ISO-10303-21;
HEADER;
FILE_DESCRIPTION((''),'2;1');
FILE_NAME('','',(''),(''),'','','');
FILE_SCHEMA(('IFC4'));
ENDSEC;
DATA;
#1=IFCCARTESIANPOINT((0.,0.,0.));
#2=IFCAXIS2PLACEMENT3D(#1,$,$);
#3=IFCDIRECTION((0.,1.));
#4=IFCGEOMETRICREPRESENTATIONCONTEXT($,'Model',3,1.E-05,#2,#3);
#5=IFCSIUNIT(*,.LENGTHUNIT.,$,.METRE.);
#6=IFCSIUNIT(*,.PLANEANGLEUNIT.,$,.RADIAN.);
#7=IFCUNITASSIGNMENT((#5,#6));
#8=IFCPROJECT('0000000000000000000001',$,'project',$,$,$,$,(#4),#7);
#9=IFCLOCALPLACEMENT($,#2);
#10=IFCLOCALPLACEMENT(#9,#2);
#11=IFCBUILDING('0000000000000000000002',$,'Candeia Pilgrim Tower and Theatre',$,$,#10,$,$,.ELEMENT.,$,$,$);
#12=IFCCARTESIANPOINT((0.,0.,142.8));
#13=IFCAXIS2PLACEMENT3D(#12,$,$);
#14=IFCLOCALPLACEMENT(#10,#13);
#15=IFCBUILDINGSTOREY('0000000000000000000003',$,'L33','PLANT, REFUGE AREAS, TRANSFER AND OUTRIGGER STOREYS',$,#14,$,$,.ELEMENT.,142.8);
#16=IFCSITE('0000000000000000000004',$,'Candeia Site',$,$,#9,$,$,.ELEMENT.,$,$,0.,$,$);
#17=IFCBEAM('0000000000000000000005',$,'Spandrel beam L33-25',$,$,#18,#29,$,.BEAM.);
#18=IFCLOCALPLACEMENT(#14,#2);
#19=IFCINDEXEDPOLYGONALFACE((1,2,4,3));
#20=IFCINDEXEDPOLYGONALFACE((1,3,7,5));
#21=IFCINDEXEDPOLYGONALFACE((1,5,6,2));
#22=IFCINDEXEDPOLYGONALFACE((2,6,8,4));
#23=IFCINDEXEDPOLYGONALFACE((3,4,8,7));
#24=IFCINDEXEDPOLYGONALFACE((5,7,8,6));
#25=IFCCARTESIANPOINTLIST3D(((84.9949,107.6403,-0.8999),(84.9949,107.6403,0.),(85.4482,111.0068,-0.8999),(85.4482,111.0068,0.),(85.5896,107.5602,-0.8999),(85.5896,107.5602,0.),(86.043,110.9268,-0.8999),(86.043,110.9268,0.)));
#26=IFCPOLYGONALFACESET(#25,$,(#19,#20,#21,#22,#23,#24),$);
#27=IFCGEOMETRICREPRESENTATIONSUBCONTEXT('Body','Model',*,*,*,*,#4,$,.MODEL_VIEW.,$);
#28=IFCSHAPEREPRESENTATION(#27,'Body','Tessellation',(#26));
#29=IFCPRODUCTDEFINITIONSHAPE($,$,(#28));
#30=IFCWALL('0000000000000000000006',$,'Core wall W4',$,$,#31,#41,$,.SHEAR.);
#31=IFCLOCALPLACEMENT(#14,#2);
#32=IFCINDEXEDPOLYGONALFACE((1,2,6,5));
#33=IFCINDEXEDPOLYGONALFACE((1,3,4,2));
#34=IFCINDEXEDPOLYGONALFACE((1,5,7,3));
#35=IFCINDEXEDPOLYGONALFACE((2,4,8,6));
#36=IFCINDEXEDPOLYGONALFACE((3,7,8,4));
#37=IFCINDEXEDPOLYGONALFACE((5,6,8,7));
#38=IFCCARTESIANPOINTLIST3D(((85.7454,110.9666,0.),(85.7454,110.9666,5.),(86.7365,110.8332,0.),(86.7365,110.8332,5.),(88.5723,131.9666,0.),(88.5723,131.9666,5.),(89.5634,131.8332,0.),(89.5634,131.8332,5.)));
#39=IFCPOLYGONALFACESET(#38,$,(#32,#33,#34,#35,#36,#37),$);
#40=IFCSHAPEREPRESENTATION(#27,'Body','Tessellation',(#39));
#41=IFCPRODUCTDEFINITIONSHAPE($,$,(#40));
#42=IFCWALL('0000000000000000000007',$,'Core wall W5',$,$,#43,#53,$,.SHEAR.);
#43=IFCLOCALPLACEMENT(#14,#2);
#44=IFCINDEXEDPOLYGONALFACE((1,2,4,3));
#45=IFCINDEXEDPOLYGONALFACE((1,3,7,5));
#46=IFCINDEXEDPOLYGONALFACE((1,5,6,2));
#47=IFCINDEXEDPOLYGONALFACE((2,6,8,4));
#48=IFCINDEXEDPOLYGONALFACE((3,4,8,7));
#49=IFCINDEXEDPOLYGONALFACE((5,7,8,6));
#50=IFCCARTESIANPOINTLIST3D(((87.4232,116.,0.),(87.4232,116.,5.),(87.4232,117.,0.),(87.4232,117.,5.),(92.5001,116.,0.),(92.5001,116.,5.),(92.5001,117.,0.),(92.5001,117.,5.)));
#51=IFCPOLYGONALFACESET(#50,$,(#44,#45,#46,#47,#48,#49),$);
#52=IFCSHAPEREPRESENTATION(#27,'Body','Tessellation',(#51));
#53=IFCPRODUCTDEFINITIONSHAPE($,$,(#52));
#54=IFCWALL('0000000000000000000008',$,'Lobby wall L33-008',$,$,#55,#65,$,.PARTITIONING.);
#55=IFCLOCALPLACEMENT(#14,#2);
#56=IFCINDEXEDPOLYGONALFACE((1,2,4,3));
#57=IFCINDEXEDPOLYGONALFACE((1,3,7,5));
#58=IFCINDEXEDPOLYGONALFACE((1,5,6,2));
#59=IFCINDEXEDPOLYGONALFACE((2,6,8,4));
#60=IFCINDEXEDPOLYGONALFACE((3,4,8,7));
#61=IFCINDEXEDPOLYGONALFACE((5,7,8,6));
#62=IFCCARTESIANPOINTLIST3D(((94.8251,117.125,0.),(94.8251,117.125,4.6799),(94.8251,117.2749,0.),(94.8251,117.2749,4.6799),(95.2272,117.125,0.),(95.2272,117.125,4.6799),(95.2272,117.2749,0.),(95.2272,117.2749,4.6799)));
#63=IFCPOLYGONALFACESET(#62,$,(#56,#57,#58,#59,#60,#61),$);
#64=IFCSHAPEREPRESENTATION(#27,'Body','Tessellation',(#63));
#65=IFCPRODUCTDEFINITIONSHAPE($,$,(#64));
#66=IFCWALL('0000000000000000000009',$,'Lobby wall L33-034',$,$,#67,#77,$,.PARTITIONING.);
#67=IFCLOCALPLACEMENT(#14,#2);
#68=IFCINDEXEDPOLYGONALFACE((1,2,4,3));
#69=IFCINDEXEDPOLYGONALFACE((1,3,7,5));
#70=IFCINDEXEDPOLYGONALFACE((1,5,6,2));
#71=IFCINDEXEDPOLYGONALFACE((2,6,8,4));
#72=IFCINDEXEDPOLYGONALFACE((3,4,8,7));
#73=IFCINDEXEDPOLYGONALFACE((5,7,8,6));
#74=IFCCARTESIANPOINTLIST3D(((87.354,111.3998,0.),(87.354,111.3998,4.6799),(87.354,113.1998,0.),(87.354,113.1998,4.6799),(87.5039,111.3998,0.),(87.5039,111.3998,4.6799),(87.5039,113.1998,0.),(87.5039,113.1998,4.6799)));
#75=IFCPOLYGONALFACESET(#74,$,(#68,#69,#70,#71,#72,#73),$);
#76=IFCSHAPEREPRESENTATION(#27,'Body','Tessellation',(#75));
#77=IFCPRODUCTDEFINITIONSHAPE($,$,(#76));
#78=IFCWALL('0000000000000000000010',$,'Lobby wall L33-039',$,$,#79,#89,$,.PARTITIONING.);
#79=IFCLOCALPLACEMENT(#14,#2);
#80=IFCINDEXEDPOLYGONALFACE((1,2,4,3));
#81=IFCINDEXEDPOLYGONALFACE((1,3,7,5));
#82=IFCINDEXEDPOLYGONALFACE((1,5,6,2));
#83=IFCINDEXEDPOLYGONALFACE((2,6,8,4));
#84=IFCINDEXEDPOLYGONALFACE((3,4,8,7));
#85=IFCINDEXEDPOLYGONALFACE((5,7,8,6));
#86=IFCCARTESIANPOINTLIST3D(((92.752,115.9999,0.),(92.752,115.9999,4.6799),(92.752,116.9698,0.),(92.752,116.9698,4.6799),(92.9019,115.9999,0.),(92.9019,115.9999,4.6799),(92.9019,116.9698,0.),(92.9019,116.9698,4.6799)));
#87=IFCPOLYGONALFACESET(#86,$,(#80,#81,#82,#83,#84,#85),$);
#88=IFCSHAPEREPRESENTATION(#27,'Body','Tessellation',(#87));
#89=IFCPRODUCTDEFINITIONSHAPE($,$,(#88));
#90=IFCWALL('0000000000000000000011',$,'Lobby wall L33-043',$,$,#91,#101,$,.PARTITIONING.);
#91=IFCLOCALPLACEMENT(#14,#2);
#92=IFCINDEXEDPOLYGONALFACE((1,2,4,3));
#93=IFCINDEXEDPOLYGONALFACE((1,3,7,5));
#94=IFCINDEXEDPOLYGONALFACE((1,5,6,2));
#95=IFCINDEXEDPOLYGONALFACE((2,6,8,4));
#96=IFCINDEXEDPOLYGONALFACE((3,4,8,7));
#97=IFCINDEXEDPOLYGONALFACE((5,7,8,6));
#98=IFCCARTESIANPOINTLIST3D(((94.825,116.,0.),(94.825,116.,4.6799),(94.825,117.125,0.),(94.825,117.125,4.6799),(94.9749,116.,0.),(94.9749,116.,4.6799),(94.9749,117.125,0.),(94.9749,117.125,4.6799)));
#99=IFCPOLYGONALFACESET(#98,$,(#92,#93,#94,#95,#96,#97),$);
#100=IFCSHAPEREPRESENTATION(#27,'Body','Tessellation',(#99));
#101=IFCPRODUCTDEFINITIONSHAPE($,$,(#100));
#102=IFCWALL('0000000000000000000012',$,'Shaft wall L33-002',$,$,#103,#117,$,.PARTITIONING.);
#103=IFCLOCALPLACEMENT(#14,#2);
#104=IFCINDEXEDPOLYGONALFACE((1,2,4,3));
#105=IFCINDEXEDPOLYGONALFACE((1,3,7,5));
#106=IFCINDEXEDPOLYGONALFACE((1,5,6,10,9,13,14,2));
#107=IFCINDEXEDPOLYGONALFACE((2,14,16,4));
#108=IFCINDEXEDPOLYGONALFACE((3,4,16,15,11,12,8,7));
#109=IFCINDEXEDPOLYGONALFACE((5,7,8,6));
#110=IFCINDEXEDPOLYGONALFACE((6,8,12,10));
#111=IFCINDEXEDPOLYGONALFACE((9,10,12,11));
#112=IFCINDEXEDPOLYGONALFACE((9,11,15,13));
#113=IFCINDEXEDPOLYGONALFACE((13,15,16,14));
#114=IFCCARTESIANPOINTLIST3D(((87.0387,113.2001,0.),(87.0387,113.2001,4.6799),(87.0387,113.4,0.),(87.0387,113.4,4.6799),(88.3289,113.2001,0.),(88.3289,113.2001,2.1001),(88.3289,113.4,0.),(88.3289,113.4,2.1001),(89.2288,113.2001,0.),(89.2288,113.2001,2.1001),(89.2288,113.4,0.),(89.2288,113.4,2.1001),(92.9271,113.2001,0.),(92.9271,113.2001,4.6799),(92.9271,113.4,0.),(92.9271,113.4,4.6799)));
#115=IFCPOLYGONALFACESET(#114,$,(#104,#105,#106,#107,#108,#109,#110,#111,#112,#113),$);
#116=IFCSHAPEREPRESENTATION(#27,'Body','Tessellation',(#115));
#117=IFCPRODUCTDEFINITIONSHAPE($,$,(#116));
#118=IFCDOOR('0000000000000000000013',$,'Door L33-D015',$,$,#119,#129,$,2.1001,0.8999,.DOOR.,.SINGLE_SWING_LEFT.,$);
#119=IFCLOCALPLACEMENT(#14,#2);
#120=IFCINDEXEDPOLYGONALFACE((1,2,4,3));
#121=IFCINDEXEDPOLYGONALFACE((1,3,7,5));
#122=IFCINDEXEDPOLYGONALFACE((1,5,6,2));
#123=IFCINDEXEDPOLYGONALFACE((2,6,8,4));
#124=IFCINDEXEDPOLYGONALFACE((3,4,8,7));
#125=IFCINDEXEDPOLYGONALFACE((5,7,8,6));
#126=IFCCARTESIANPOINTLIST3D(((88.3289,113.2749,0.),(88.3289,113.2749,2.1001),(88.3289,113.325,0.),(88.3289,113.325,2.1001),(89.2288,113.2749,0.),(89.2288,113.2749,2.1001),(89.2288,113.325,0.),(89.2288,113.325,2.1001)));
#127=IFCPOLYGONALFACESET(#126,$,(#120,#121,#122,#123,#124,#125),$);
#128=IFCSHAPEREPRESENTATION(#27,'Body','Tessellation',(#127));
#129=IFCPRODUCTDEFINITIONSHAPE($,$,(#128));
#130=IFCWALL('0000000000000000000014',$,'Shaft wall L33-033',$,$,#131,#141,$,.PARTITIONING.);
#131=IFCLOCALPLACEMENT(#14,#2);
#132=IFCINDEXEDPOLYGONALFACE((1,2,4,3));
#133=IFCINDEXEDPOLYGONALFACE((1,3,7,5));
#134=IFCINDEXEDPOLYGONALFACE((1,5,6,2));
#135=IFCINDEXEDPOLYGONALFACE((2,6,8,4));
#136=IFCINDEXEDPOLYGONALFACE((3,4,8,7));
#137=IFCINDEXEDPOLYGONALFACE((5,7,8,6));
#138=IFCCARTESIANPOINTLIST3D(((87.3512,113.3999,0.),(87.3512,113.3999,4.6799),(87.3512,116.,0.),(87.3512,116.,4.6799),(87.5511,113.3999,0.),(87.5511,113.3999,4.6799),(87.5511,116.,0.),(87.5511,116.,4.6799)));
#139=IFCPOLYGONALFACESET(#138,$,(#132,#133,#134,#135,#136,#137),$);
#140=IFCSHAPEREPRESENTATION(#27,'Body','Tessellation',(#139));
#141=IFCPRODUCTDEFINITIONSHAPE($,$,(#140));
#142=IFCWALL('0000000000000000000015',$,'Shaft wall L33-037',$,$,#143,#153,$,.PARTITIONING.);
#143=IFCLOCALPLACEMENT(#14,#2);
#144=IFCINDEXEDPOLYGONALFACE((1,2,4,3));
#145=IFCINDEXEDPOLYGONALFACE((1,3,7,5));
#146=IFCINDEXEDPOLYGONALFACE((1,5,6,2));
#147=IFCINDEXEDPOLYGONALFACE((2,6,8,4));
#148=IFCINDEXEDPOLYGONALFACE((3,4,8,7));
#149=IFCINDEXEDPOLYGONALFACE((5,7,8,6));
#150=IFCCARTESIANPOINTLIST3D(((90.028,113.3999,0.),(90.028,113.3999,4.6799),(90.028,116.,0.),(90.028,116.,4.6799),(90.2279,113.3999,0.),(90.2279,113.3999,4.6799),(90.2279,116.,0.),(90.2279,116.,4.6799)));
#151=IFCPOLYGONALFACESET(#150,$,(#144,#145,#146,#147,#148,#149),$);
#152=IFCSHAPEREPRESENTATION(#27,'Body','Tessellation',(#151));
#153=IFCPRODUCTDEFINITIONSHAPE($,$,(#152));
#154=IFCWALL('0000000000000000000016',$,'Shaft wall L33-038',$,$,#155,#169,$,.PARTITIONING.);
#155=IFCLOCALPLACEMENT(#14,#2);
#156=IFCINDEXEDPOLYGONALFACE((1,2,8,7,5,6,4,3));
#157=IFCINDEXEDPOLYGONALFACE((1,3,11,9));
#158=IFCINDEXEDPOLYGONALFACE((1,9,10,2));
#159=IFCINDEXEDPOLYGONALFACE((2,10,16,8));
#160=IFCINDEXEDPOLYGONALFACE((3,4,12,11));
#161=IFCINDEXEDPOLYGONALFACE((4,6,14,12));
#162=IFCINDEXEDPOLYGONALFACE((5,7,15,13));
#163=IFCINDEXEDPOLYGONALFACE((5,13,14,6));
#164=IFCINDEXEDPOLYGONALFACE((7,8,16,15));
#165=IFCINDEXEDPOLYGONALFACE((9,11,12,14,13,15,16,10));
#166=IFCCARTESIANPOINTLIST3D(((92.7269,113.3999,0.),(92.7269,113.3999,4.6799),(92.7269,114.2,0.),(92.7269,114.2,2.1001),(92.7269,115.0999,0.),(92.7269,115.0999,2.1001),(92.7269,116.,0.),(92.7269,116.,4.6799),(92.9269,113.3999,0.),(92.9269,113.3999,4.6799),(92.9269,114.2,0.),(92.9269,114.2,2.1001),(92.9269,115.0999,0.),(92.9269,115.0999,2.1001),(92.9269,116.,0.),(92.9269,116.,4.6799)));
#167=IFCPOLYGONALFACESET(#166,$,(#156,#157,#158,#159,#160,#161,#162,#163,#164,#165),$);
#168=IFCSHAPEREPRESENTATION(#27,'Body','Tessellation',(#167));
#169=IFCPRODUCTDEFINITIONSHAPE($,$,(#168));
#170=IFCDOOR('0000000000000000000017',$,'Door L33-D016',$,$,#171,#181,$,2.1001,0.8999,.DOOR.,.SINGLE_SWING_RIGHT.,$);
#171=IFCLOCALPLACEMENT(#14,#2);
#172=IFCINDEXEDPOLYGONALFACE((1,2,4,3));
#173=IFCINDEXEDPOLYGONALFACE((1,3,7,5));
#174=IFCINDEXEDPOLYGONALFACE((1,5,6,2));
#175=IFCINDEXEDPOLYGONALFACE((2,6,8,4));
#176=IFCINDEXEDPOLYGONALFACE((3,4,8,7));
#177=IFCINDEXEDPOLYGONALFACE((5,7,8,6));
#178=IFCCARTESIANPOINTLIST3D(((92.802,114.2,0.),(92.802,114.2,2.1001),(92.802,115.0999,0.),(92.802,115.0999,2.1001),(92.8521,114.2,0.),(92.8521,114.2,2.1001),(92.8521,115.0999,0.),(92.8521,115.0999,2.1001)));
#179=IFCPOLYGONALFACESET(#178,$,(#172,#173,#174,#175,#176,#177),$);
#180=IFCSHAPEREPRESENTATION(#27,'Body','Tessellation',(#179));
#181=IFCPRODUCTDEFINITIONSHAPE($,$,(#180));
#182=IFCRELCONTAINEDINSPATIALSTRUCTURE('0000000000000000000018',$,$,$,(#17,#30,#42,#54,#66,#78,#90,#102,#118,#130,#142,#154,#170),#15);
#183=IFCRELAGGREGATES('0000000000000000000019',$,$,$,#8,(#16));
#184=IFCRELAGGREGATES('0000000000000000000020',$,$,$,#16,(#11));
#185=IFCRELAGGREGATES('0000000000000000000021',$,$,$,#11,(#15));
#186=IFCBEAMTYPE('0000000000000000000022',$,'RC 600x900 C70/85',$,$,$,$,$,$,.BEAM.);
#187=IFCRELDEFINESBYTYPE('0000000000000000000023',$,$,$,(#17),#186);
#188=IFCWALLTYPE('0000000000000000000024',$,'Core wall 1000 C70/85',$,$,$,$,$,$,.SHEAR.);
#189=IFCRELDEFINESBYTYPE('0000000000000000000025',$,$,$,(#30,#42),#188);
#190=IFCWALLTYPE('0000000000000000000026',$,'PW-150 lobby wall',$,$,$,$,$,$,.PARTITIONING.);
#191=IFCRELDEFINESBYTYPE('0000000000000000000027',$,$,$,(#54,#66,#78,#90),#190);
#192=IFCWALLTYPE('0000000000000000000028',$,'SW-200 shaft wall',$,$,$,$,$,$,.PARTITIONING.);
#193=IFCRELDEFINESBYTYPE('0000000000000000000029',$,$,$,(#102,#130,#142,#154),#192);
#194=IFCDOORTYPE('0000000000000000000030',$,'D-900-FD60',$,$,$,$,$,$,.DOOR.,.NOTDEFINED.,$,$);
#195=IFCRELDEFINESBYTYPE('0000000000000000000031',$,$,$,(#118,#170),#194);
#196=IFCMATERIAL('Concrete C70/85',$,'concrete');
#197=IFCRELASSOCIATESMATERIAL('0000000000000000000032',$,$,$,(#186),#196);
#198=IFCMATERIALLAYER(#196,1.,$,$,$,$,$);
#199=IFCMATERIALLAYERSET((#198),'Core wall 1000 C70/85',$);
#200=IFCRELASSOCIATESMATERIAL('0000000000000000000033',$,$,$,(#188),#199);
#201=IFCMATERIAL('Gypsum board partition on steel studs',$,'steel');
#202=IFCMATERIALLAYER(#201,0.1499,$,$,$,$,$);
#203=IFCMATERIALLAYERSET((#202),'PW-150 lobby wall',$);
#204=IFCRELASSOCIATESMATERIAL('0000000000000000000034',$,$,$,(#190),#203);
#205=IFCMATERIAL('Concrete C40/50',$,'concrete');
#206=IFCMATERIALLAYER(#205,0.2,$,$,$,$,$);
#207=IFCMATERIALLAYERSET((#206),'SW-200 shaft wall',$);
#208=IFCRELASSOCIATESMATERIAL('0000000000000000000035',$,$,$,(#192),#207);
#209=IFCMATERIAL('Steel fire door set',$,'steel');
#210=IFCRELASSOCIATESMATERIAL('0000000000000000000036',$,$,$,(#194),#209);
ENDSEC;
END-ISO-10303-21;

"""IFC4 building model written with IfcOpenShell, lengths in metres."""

from ifc_helpers import new_model, si_unit, direction, frame, frame_2d, origin, origin_2d, place, context, subcontext, project, spatial, rectangle, extrude, material, layer, layer_set, material_profile, profile_set, type_object, element, fill, save


model = new_model("IFC4")

# Units and contexts
model_context = context("Model", 3, precision=1e-05, world=origin(), true_north=direction((0.0, 1.0)))
body_context = subcontext(model_context, "Body", "Model", "MODEL_VIEW")
ifc_project = project(units=[si_unit("LENGTHUNIT", "METRE"), si_unit("PLANEANGLEUNIT", "RADIAN")], contexts=[model_context])

# Site, building, storey
site_placement = place(None, origin())
site = spatial("IfcSite", under=ifc_project, at=site_placement, Name="Candeia Site", CompositionType="ELEMENT", RefElevation=0.0)
building_placement = place(site_placement, origin())
building = spatial("IfcBuilding", under=site, at=building_placement, Name="Candeia Pilgrim Tower and Theatre", CompositionType="ELEMENT")
storey_placement = place(building_placement, frame((0.0, 0.0, 142.8)))
storey = spatial("IfcBuildingStorey", under=building, at=storey_placement, Name="L33", Description="PLANT, REFUGE AREAS, TRANSFER AND OUTRIGGER STOREYS", CompositionType="ELEMENT", Elevation=142.8)

# Beam
ifc_material_1 = material(Name="Concrete C70/85", Category="concrete")
ifc_material_profile = material_profile(ifc_material_1, rectangle(XDim=0.6001, YDim=0.8999, at=origin_2d()))
ifc_profile_set = profile_set([ifc_material_profile], Name="Concrete C70/85")
beam_type = type_object("IfcBeamType", Name="RC 600x900 C70/85", PredefinedType="BEAM", material=ifc_profile_set)
beam_placement = place(storey_placement, frame((85.7456, 110.9668, -0.45), z_axis=(-0.133458, -0.991054, 0.0), x_axis=(0.991054, -0.133458, 0.0)))
element("IfcBeam", 1, at=beam_placement, inside=storey, type_object=beam_type, Name="Spandrel beam L33-25", PredefinedType="BEAM", context=body_context, shape_type="SweptSolid", body=[
    extrude(rectangle(XDim=0.6001, YDim=0.8999, at=origin_2d()), origin(), (0.0, 0.0, 1.0), 3.397),
])

# Walls
ifc_layer_1 = layer(ifc_material_1, 1.0)
ifc_layer_set_1 = layer_set([ifc_layer_1], Name="Core wall 1000 C70/85")
wall_type_1 = type_object("IfcWallType", Name="Core wall 1000 C70/85", PredefinedType="SHEAR", material=ifc_layer_set_1)
wall_1_placement = place(storey_placement, frame((86.241, 110.8999, 0.0), z_axis=(0.0, 0.0, 1.0), x_axis=(0.133411, 0.991061, 0.0)))
element("IfcWall", 2, at=wall_1_placement, inside=storey, type_object=wall_type_1, Name="Core wall W4", PredefinedType="SHEAR", context=body_context, shape_type="SweptSolid", body=[
    extrude(rectangle(XDim=21.1895, YDim=1.0, at=frame_2d((10.5947, 0.0))), origin(), (0.0, 0.0, 1.0), 5.0),
])
wall_2_placement = place(storey_placement, frame((87.4231, 116.5, 0.0), z_axis=(0.0, 0.0, 1.0), x_axis=(1.0, 0.0, 0.0)))
element("IfcWall", 3, at=wall_2_placement, inside=storey, type_object=wall_type_1, Name="Core wall W5", PredefinedType="SHEAR", context=body_context, shape_type="SweptSolid", body=[
    extrude(rectangle(XDim=5.0769, YDim=1.0, at=frame_2d((2.5386, 0.0))), origin(), (0.0, 0.0, 1.0), 5.0),
])

# Walls
ifc_material_2 = material(Name="Gypsum board partition on steel studs", Category="steel")
ifc_layer_2 = layer(ifc_material_2, 0.1499)
ifc_layer_set_2 = layer_set([ifc_layer_2], Name="PW-150 lobby wall")
wall_type_2 = type_object("IfcWallType", Name="PW-150 lobby wall", PredefinedType="PARTITIONING", material=ifc_layer_set_2)
wall_3_placement = place(storey_placement, frame((94.825, 117.2, 0.0), z_axis=(0.0, 0.0, 1.0), x_axis=(1.0, 0.0, 0.0)))
element("IfcWall", 4, at=wall_3_placement, inside=storey, type_object=wall_type_2, Name="Lobby wall L33-008", PredefinedType="PARTITIONING", context=body_context, shape_type="SweptSolid", body=[
    extrude(rectangle(XDim=0.4021, YDim=0.1499, at=frame_2d((0.2012, 0.0))), origin(), (0.0, 0.0, 1.0), 4.6799),
])
wall_4_placement = place(storey_placement, frame((87.429, 111.3999, 0.0), z_axis=(0.0, 0.0, 1.0), x_axis=(0.0, 1.0, 0.0)))
element("IfcWall", 5, at=wall_4_placement, inside=storey, type_object=wall_type_2, Name="Lobby wall L33-034", PredefinedType="PARTITIONING", context=body_context, shape_type="SweptSolid", body=[
    extrude(rectangle(XDim=1.8, YDim=0.1499, at=frame_2d((0.8999, 0.0))), origin(), (0.0, 0.0, 1.0), 4.6799),
])
wall_5_placement = place(storey_placement, frame((92.8269, 116.0, 0.0), z_axis=(0.0, 0.0, 1.0), x_axis=(0.0, 1.0, 0.0)))
element("IfcWall", 6, at=wall_5_placement, inside=storey, type_object=wall_type_2, Name="Lobby wall L33-039", PredefinedType="PARTITIONING", context=body_context, shape_type="SweptSolid", body=[
    extrude(rectangle(XDim=0.97, YDim=0.1499, at=frame_2d((0.4849, 0.0))), origin(), (0.0, 0.0, 1.0), 4.6799),
])
wall_6_placement = place(storey_placement, frame((94.8999, 116.0, 0.0), z_axis=(0.0, 0.0, 1.0), x_axis=(0.0, 1.0, 0.0)))
element("IfcWall", 7, at=wall_6_placement, inside=storey, type_object=wall_type_2, Name="Lobby wall L33-043", PredefinedType="PARTITIONING", context=body_context, shape_type="SweptSolid", body=[
    extrude(rectangle(XDim=1.125, YDim=0.1499, at=frame_2d((0.5625, 0.0))), origin(), (0.0, 0.0, 1.0), 4.6799),
])

# Wall, opening, door
ifc_material_3 = material(Name="Concrete C40/50", Category="concrete")
ifc_layer_3 = layer(ifc_material_3, 0.2)
ifc_layer_set_3 = layer_set([ifc_layer_3], Name="SW-200 shaft wall")
wall_type_3 = type_object("IfcWallType", Name="SW-200 shaft wall", PredefinedType="PARTITIONING", material=ifc_layer_set_3)
wall_7_placement = place(storey_placement, frame((87.0386, 113.3, 0.0), z_axis=(0.0, 0.0, 1.0), x_axis=(1.0, 0.0, 0.0)))
wall_7 = element("IfcWall", 8, at=wall_7_placement, inside=storey, type_object=wall_type_3, Name="Shaft wall L33-002", PredefinedType="PARTITIONING", context=body_context, shape_type="SweptSolid", body=[
    extrude(rectangle(XDim=5.8884, YDim=0.2, at=frame_2d((2.9443, 0.0))), origin(), (0.0, 0.0, 1.0), 4.6799),
])
opening_1_placement = place(wall_7_placement, frame((1.2903, 0.0, 0.0)))
opening_1 = element("IfcOpeningElement", 9, at=opening_1_placement, cuts=wall_7, PredefinedType="OPENING", context=body_context, shape_type="SweptSolid", body=[
    extrude(rectangle(XDim=0.8999, YDim=2.1001, at=frame_2d((0.45, 1.05))), frame((0.0, 0.1099, 0.0), z_axis=(0.0, -1.0, 0.0), x_axis=(1.0, 0.0, 0.0)), (0.0, 0.0, 1.0), 0.22),
])
ifc_material_4 = material(Name="Steel fire door set", Category="steel")
door_type_1 = type_object("IfcDoorType", Name="D-900-FD60", OperationType="NOTDEFINED", PredefinedType="DOOR", material=ifc_material_4)
door_1_placement = place(opening_1_placement, origin())
door_1 = element("IfcDoor", 10, at=door_1_placement, inside=storey, type_object=door_type_1, Name="Door L33-D015", OperationType="SINGLE_SWING_LEFT", OverallHeight=2.1001, OverallWidth=0.8999, PredefinedType="DOOR", context=body_context, shape_type="SweptSolid", body=[
    extrude(rectangle(XDim=0.8999, YDim=2.1001, at=frame_2d((0.45, 1.05))), frame((0.0, 0.0249, 0.0), z_axis=(0.0, -1.0, 0.0), x_axis=(1.0, 0.0, 0.0)), (0.0, 0.0, 1.0), 0.05),
])
fill(opening_1, door_1)

# Walls
for number, where, z_axis, x_axis, name in (
    (11, (87.4512, 113.3999, 0.0), (0.0, 0.0, 1.0), (0.0, 1.0, 0.0), "Shaft wall L33-033"),
    (12, (90.1279, 113.3999, 0.0), (0.0, 0.0, 1.0), (0.0, 1.0, 0.0), "Shaft wall L33-037"),
):
    element("IfcWall", number, at=place(storey_placement, frame(where, z_axis=z_axis, x_axis=x_axis)), inside=storey, type_object=wall_type_3, Name=name, PredefinedType="PARTITIONING", context=body_context, shape_type="SweptSolid", body=[
        extrude(rectangle(XDim=2.6001, YDim=0.2, at=frame_2d((1.3, 0.0))), origin(), (0.0, 0.0, 1.0), 4.6799),
    ])

# Wall, opening, door
wall_8_placement = place(storey_placement, frame((92.8269, 113.3999, 0.0), z_axis=(0.0, 0.0, 1.0), x_axis=(0.0, 1.0, 0.0)))
wall_8 = element("IfcWall", 13, at=wall_8_placement, inside=storey, type_object=wall_type_3, Name="Shaft wall L33-038", PredefinedType="PARTITIONING", context=body_context, shape_type="SweptSolid", body=[
    extrude(rectangle(XDim=2.6001, YDim=0.2, at=frame_2d((1.3, 0.0))), origin(), (0.0, 0.0, 1.0), 4.6799),
])
opening_2_placement = place(wall_8_placement, frame((0.8, 0.0, 0.0)))
opening_2 = element("IfcOpeningElement", 14, at=opening_2_placement, cuts=wall_8, PredefinedType="OPENING", context=body_context, shape_type="SweptSolid", body=[
    extrude(rectangle(XDim=0.8999, YDim=2.1001, at=frame_2d((0.45, 1.05))), frame((0.0, 0.1099, 0.0), z_axis=(0.0, -1.0, 0.0), x_axis=(1.0, 0.0, 0.0)), (0.0, 0.0, 1.0), 0.22),
])
door_2_placement = place(opening_2_placement, origin())
door_2 = element("IfcDoor", 15, at=door_2_placement, inside=storey, type_object=door_type_1, Name="Door L33-D016", OperationType="SINGLE_SWING_RIGHT", OverallHeight=2.1001, OverallWidth=0.8999, PredefinedType="DOOR", context=body_context, shape_type="SweptSolid", body=[
    extrude(rectangle(XDim=0.8999, YDim=2.1001, at=frame_2d((0.45, 1.05))), frame((0.0, 0.0249, 0.0), z_axis=(0.0, -1.0, 0.0), x_axis=(1.0, 0.0, 0.0)), (0.0, 0.0, 1.0), 0.05),
])
fill(opening_2, door_2)

save(model, "model.ifc")
